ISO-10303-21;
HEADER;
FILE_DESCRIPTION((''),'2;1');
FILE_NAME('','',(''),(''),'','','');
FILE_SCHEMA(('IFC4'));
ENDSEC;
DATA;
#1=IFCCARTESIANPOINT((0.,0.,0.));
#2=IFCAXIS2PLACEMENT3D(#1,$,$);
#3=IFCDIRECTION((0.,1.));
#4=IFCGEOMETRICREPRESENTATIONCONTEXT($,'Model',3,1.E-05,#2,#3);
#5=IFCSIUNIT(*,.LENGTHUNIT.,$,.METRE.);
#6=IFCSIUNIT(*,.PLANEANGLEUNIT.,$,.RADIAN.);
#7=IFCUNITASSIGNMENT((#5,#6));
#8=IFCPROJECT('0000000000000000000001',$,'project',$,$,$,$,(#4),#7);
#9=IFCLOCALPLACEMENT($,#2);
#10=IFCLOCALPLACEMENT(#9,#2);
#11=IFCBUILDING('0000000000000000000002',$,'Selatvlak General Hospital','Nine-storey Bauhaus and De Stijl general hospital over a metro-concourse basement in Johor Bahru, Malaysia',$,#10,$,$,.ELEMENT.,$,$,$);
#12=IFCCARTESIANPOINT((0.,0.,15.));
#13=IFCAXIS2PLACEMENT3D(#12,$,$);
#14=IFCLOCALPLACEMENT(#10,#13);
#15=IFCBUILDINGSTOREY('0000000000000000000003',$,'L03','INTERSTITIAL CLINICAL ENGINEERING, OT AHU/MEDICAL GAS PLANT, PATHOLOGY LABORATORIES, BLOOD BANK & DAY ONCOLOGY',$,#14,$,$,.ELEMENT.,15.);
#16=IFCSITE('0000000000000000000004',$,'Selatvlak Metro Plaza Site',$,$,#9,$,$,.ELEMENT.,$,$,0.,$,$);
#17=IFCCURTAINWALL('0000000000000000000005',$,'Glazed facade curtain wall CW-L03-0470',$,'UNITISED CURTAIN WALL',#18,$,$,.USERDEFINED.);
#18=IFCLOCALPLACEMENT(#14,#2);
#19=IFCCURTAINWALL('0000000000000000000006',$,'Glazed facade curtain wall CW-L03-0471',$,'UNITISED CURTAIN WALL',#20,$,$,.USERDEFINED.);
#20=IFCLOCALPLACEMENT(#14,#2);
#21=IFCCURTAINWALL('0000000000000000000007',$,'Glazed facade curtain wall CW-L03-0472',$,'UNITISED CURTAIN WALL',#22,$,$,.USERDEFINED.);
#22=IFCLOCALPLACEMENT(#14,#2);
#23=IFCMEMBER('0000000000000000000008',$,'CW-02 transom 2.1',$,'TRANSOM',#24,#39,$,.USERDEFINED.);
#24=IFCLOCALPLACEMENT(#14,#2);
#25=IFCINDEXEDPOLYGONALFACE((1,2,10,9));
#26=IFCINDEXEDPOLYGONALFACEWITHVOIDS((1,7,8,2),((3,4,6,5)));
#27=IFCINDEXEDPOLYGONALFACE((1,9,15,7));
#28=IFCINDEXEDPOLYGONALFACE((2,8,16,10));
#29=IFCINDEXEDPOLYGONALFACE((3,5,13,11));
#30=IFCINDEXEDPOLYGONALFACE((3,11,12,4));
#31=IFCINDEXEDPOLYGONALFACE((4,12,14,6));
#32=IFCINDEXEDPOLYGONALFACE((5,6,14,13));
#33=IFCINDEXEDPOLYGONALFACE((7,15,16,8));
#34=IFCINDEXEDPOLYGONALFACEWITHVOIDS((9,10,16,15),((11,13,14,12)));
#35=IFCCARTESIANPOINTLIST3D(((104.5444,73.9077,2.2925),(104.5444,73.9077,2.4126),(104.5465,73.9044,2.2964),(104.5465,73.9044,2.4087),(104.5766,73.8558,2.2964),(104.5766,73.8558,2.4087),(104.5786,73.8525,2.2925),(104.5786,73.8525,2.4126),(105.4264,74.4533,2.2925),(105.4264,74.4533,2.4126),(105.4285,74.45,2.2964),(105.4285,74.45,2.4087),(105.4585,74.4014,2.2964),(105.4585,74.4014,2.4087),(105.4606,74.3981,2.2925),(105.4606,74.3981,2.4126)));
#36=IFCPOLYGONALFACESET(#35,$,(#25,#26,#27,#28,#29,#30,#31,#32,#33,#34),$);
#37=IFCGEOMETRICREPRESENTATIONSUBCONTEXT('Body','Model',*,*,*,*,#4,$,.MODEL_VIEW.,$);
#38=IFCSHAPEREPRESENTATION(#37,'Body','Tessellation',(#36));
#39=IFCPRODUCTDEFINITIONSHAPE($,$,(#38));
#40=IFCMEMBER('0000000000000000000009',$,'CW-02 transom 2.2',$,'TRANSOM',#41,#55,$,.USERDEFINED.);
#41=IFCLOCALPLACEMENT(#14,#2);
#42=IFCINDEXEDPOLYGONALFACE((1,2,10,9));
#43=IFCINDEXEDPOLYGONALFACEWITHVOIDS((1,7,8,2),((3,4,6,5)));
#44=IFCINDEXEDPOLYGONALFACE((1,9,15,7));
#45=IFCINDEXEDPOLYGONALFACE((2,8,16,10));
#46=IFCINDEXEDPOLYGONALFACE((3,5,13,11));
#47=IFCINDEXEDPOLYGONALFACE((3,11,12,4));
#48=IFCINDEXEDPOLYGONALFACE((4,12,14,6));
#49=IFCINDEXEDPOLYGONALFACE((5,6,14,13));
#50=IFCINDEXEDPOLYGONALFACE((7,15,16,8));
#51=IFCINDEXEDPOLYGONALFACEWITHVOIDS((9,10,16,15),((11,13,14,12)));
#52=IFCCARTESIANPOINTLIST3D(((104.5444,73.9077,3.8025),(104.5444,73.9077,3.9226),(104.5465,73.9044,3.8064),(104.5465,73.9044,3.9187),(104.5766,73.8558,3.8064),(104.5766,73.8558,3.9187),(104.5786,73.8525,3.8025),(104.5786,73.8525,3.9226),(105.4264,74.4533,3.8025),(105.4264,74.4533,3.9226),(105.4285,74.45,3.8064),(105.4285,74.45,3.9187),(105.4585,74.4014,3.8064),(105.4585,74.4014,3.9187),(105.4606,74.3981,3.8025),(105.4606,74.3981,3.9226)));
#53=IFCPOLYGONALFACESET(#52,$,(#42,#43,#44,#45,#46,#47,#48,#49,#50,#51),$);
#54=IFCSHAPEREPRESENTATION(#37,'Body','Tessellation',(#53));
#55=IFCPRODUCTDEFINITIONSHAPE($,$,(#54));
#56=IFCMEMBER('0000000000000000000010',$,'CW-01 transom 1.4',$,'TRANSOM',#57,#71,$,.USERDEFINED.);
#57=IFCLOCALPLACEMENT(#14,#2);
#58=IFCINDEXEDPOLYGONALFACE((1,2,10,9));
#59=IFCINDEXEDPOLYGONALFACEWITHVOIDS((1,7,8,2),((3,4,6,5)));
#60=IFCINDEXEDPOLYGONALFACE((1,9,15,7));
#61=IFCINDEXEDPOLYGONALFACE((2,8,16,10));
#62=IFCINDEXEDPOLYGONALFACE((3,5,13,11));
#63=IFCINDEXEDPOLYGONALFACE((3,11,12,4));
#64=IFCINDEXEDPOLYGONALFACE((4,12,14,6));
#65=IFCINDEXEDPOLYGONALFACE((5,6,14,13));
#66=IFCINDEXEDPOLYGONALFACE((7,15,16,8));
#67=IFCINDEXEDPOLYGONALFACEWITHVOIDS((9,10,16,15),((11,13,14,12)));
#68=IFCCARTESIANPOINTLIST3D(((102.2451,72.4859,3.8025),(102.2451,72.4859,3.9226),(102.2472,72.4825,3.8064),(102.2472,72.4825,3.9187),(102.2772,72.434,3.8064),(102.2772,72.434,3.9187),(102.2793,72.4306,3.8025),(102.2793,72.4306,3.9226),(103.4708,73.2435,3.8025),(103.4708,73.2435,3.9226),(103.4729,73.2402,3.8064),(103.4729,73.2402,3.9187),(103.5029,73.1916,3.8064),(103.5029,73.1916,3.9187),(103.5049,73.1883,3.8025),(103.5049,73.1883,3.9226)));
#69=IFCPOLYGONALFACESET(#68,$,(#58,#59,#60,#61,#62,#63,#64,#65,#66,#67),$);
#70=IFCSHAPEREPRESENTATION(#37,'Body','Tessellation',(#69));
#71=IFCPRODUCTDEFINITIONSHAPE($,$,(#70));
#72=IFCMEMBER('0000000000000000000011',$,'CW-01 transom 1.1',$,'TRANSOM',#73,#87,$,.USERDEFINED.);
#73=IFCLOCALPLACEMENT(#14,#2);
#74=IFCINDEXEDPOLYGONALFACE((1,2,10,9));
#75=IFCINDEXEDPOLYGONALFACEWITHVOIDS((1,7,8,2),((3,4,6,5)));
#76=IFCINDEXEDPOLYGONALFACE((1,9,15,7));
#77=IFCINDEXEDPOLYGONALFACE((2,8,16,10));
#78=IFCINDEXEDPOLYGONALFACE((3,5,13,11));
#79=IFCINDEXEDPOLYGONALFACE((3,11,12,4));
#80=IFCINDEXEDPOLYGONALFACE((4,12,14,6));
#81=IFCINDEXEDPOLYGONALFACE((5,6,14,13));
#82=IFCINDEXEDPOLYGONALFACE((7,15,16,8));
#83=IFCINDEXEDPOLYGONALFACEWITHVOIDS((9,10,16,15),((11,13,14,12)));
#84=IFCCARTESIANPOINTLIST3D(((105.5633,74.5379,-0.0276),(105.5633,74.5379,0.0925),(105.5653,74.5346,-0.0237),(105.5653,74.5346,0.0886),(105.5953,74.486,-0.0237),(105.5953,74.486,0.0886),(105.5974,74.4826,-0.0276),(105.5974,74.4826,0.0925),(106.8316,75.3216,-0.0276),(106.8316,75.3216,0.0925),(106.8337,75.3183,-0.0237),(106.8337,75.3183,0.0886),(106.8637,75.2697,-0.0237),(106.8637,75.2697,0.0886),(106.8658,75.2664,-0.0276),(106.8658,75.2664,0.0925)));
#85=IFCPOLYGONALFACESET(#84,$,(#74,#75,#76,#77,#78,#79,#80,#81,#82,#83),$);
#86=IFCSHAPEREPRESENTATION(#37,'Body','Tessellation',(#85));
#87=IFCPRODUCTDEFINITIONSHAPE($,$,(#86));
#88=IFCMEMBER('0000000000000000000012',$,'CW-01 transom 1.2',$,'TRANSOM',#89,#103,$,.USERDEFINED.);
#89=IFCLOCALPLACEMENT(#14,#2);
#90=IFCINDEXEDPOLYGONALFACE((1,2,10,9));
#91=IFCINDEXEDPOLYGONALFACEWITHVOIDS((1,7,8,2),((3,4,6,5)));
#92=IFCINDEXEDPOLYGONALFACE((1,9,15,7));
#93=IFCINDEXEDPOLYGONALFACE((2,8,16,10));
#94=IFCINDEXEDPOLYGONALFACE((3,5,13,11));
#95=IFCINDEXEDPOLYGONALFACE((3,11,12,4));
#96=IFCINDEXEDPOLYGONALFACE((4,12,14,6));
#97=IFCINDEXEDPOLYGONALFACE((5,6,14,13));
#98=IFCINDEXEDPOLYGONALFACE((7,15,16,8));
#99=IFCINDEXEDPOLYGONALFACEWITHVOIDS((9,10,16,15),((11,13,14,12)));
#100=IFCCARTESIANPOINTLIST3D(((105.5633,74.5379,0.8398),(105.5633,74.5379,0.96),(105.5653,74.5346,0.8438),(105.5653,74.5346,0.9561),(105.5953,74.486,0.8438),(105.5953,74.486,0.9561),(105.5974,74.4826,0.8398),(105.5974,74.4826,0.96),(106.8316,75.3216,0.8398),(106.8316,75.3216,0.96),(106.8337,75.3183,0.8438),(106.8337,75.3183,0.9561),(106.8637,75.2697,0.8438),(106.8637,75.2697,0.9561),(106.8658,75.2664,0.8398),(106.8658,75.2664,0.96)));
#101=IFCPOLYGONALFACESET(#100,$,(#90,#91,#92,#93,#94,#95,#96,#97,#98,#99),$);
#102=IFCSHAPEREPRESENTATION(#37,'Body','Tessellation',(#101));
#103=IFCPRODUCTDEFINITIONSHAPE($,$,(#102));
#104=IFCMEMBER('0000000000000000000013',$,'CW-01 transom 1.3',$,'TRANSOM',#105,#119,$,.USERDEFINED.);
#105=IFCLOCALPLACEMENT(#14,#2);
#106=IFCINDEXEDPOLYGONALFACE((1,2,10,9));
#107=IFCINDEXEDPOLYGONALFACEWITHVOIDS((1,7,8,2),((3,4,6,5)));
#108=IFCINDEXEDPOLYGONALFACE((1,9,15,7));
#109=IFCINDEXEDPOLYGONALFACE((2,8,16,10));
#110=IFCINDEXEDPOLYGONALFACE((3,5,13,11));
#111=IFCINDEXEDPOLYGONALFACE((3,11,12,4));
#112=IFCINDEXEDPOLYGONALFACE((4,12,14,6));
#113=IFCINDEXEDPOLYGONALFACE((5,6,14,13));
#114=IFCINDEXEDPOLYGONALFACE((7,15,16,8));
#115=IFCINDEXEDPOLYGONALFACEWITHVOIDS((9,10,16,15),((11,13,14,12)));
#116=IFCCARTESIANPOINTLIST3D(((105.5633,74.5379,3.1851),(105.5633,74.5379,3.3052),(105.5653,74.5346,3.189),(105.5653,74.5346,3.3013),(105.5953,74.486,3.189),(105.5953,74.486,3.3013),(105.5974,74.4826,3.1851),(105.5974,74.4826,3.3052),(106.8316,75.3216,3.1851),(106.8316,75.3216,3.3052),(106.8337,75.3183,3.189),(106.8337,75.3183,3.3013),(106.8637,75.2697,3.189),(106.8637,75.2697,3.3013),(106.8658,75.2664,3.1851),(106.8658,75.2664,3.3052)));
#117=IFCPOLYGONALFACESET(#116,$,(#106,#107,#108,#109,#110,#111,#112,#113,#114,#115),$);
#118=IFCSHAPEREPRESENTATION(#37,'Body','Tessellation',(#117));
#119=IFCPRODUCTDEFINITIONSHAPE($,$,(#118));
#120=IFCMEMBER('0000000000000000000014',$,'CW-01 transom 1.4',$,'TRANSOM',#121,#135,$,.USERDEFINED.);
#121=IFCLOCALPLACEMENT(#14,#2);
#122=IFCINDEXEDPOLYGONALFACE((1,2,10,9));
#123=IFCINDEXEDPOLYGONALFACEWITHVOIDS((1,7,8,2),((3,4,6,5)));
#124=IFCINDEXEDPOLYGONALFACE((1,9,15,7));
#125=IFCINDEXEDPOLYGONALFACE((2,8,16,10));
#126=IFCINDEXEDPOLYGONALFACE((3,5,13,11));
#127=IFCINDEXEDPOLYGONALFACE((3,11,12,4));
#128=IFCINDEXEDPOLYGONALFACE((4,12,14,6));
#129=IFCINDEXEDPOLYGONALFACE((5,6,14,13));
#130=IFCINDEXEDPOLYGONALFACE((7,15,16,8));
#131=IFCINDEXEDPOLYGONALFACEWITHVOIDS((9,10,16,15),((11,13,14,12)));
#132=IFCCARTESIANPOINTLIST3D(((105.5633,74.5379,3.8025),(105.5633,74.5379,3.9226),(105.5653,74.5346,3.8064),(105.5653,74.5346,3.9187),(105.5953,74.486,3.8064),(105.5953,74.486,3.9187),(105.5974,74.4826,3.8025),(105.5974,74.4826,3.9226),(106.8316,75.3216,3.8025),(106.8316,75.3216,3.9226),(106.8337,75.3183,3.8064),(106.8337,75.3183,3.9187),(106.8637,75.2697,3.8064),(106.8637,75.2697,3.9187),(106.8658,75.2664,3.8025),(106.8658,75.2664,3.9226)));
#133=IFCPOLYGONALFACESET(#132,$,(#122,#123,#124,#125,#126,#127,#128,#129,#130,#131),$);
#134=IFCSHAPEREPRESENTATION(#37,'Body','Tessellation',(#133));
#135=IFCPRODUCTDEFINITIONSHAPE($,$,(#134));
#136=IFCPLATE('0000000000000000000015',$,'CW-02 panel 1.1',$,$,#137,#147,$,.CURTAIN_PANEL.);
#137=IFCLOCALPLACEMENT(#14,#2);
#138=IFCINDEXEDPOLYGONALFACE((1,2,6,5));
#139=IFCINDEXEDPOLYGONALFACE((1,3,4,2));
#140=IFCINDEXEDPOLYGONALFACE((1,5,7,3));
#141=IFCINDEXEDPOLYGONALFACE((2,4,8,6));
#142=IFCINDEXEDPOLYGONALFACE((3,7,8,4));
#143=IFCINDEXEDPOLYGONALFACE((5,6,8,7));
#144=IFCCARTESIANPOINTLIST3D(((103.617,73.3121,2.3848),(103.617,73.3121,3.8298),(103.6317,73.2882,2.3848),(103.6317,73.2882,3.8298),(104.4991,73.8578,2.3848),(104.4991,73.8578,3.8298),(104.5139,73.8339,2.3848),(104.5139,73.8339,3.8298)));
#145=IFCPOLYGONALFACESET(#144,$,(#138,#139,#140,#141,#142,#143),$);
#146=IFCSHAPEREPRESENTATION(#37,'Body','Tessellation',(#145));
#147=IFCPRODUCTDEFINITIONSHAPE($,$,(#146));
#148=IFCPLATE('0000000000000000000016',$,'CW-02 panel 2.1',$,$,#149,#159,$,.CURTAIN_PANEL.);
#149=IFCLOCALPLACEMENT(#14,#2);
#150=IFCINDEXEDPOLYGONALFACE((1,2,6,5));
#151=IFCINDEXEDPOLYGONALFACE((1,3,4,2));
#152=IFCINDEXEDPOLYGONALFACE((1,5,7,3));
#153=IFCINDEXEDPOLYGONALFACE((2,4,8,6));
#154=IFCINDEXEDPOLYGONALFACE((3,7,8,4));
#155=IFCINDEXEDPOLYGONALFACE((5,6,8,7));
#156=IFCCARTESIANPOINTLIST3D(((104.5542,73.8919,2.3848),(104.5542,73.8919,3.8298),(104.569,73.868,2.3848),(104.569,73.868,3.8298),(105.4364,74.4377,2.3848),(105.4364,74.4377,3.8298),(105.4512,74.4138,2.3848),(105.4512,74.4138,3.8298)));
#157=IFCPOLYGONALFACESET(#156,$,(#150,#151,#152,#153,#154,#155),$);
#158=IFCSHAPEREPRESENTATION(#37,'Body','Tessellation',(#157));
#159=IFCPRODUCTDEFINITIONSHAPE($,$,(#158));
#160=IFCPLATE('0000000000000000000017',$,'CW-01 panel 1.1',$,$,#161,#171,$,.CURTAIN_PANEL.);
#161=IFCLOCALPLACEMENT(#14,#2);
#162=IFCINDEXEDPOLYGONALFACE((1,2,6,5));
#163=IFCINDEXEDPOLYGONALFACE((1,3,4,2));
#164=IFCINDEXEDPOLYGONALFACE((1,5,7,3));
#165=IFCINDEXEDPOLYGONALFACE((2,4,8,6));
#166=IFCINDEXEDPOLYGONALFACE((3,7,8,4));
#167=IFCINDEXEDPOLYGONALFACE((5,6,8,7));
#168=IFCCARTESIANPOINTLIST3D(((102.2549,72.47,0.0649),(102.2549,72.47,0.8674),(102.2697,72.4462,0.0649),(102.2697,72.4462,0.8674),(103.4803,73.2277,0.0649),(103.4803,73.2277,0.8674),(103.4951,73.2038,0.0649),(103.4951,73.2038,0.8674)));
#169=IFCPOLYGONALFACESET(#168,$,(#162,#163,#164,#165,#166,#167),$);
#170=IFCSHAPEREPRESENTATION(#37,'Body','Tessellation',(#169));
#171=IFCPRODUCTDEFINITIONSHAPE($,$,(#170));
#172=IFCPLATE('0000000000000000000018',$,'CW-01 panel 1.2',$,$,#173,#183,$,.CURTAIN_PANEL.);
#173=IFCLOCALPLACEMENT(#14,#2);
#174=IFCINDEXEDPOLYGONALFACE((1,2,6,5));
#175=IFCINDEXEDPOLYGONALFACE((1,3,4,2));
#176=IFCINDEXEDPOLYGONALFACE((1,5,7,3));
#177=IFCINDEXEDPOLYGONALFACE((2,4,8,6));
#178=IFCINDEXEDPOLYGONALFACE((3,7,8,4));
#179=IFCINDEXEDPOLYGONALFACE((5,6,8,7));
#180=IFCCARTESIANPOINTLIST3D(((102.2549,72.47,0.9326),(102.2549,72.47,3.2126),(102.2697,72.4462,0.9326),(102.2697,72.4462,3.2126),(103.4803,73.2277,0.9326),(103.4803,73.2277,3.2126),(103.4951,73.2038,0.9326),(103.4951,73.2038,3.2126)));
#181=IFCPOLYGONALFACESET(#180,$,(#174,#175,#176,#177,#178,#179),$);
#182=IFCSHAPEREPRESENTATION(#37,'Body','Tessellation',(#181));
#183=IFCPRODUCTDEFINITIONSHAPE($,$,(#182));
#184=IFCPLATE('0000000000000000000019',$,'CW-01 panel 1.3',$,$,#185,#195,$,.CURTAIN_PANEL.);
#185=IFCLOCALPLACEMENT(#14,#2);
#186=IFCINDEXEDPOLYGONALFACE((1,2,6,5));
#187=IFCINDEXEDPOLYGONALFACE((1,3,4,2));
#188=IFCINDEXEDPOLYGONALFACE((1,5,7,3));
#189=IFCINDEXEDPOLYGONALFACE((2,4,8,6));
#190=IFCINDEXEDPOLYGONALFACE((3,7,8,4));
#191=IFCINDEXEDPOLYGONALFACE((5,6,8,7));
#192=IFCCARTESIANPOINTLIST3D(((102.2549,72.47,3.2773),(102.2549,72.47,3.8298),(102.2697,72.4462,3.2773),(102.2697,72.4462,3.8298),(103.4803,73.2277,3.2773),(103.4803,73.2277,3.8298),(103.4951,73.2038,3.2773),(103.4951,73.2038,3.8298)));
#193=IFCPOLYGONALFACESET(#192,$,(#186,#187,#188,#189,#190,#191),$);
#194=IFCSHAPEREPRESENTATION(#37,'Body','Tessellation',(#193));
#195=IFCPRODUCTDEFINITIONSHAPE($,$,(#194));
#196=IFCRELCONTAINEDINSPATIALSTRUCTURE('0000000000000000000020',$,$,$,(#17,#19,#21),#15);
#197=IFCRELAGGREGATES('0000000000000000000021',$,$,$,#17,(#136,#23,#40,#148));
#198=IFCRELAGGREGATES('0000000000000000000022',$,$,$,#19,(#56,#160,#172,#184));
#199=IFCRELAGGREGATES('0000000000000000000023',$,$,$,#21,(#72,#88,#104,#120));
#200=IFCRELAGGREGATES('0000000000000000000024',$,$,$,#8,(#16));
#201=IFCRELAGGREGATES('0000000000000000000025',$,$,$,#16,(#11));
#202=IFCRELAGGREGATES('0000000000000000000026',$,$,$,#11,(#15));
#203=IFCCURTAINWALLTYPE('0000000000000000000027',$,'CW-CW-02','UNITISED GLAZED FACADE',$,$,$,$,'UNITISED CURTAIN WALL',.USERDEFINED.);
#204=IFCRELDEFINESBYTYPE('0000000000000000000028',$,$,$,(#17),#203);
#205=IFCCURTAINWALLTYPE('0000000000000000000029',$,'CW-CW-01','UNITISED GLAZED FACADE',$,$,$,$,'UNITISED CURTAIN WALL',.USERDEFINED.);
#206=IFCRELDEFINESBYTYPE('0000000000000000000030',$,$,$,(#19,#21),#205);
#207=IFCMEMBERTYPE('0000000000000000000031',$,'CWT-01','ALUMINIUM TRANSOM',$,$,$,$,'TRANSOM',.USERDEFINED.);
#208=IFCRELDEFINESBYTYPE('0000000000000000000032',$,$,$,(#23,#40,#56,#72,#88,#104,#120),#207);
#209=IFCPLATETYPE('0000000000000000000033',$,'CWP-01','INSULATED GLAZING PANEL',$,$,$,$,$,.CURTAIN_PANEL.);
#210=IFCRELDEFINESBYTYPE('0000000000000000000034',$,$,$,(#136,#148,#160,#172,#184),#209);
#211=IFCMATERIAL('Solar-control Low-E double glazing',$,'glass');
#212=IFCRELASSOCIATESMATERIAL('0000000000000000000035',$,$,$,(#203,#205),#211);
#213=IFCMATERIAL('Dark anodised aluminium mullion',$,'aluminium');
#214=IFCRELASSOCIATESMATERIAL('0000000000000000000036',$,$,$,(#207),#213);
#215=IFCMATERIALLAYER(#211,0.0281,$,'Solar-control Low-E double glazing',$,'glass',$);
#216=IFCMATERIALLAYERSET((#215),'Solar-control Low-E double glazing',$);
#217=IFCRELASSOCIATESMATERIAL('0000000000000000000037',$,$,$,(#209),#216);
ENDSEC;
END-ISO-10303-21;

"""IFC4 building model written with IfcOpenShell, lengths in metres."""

from ifc_helpers import new_model, si_unit, direction, frame, origin, origin_2d, place, context, subcontext, project, spatial, rectangle, hollow_rectangle, extrude, material, layer, layer_set, material_profile, profile_set, type_object, element, aggregate, save


model = new_model("IFC4")

# Units and contexts
model_context = context("Model", 3, precision=1e-05, world=origin(), true_north=direction((0.0, 1.0)))
body_context = subcontext(model_context, "Body", "Model", "MODEL_VIEW")
ifc_project = project(units=[si_unit("LENGTHUNIT", "METRE"), si_unit("PLANEANGLEUNIT", "RADIAN")], contexts=[model_context])

# Site, building, storey
site_placement = place(None, origin())
site = spatial("IfcSite", under=ifc_project, at=site_placement, Name="Selatvlak Metro Plaza Site", CompositionType="ELEMENT", RefElevation=0.0)
building_placement = place(site_placement, origin())
building = spatial("IfcBuilding", under=site, at=building_placement, Name="Selatvlak General Hospital", Description="Nine-storey Bauhaus and De Stijl general hospital over a metro-concourse basement in Johor Bahru, Malaysia", CompositionType="ELEMENT")
storey_placement = place(building_placement, frame((0.0, 0.0, 15.0)))
storey = spatial("IfcBuildingStorey", under=building, at=storey_placement, Name="L03", Description="INTERSTITIAL CLINICAL ENGINEERING, OT AHU/MEDICAL GAS PLANT, PATHOLOGY LABORATORIES, BLOOD BANK & DAY ONCOLOGY", CompositionType="ELEMENT", Elevation=15.0)

# Curtain wall
ifc_material_1 = material(Name="Solar-control Low-E double glazing", Category="glass")
curtain_wall_type_1 = type_object("IfcCurtainWallType", Name="CW-CW-02", Description="UNITISED GLAZED FACADE", ElementType="UNITISED CURTAIN WALL", PredefinedType="USERDEFINED", material=ifc_material_1)
curtain_wall_1_placement = place(storey_placement, origin())
curtain_wall_1 = element("IfcCurtainWall", 1, at=curtain_wall_1_placement, inside=storey, type_object=curtain_wall_type_1, Name="Glazed facade curtain wall CW-L03-0470", ObjectType="UNITISED CURTAIN WALL", PredefinedType="USERDEFINED")
ifc_material_2 = material(Name="Dark anodised aluminium mullion", Category="aluminium")

# Curtain walls
curtain_wall_type_2 = type_object("IfcCurtainWallType", Name="CW-CW-01", Description="UNITISED GLAZED FACADE", ElementType="UNITISED CURTAIN WALL", PredefinedType="USERDEFINED", material=ifc_material_1)
curtain_wall_2_placement = place(storey_placement, origin())
curtain_wall_2 = element("IfcCurtainWall", 2, at=curtain_wall_2_placement, inside=storey, type_object=curtain_wall_type_2, Name="Glazed facade curtain wall CW-L03-0471", ObjectType="UNITISED CURTAIN WALL", PredefinedType="USERDEFINED")
curtain_wall_3_placement = place(storey_placement, origin())
curtain_wall_3 = element("IfcCurtainWall", 3, at=curtain_wall_3_placement, inside=storey, type_object=curtain_wall_type_2, Name="Glazed facade curtain wall CW-L03-0472", ObjectType="UNITISED CURTAIN WALL", PredefinedType="USERDEFINED")

# Members
ifc_material_profile_1 = material_profile(ifc_material_2, hollow_rectangle(XDim=0.0649, YDim=0.1201, WallThickness=0.0039, at=origin_2d()), Name="AL-TRN 65x120x4")
ifc_profile_set_1 = profile_set([ifc_material_profile_1], Name="Dark anodised aluminium mullion")
member_type_1 = type_object("IfcMemberType", Name="CWT-01", Description="ALUMINIUM TRANSOM", ElementType="TRANSOM", PredefinedType="USERDEFINED", material=ifc_profile_set_1)
member_1_placement = place(storey_placement, frame((104.5615, 73.8801, 2.3525), z_axis=(0.850436, 0.526079, 0.0), x_axis=(-0.526079, 0.850436, 0.0)))
member_1 = element("IfcMember", 4, at=member_1_placement, type_object=member_type_1, Name="CW-02 transom 2.1", ObjectType="TRANSOM", PredefinedType="USERDEFINED", context=body_context, shape_type="SweptSolid", body=[
    extrude(hollow_rectangle(XDim=0.0649, YDim=0.1201, WallThickness=0.0039, at=origin_2d()), origin(), (0.0, 0.0, 1.0), 1.0371),
])
member_2_placement = place(storey_placement, frame((104.5615, 73.8801, 3.8625), z_axis=(0.850436, 0.526079, 0.0), x_axis=(-0.526079, 0.850436, 0.0)))
member_2 = element("IfcMember", 5, at=member_2_placement, type_object=member_type_1, Name="CW-02 transom 2.2", ObjectType="TRANSOM", PredefinedType="USERDEFINED", context=body_context, shape_type="SweptSolid", body=[
    extrude(hollow_rectangle(XDim=0.0649, YDim=0.1201, WallThickness=0.0039, at=origin_2d()), origin(), (0.0, 0.0, 1.0), 1.0371),
])
member_3_placement = place(storey_placement, frame((102.2622, 72.4583, 3.8625), z_axis=(0.850615, 0.525789, 0.0), x_axis=(-0.525789, 0.850615, 0.0)))
member_3 = element("IfcMember", 6, at=member_3_placement, type_object=member_type_1, Name="CW-01 transom 1.4", ObjectType="TRANSOM", PredefinedType="USERDEFINED", context=body_context, shape_type="SweptSolid", body=[
    extrude(hollow_rectangle(XDim=0.0649, YDim=0.1201, WallThickness=0.0039, at=origin_2d()), origin(), (0.0, 0.0, 1.0), 1.4409),
])
member_4_placement = place(storey_placement, frame((105.5803, 74.5103, 0.0325), z_axis=(0.850701, 0.52565, 0.0), x_axis=(-0.52565, 0.850701, 0.0)))
member_4 = element("IfcMember", 7, at=member_4_placement, type_object=member_type_1, Name="CW-01 transom 1.1", ObjectType="TRANSOM", PredefinedType="USERDEFINED", context=body_context, shape_type="SweptSolid", body=[
    extrude(hollow_rectangle(XDim=0.0649, YDim=0.1201, WallThickness=0.0039, at=origin_2d()), origin(), (0.0, 0.0, 1.0), 1.491),
])
member_5_placement = place(storey_placement, frame((105.5803, 74.5103, 0.8999), z_axis=(0.850701, 0.52565, 0.0), x_axis=(-0.52565, 0.850701, 0.0)))
member_5 = element("IfcMember", 8, at=member_5_placement, type_object=member_type_1, Name="CW-01 transom 1.2", ObjectType="TRANSOM", PredefinedType="USERDEFINED", context=body_context, shape_type="SweptSolid", body=[
    extrude(hollow_rectangle(XDim=0.0649, YDim=0.1201, WallThickness=0.0039, at=origin_2d()), origin(), (0.0, 0.0, 1.0), 1.491),
])
member_6_placement = place(storey_placement, frame((105.5803, 74.5103, 3.2451), z_axis=(0.850701, 0.52565, 0.0), x_axis=(-0.52565, 0.850701, 0.0)))
member_6 = element("IfcMember", 9, at=member_6_placement, type_object=member_type_1, Name="CW-01 transom 1.3", ObjectType="TRANSOM", PredefinedType="USERDEFINED", context=body_context, shape_type="SweptSolid", body=[
    extrude(hollow_rectangle(XDim=0.0649, YDim=0.1201, WallThickness=0.0039, at=origin_2d()), origin(), (0.0, 0.0, 1.0), 1.491),
])
member_7_placement = place(storey_placement, frame((105.5803, 74.5103, 3.8625), z_axis=(0.850701, 0.52565, 0.0), x_axis=(-0.52565, 0.850701, 0.0)))
member_7 = element("IfcMember", 10, at=member_7_placement, type_object=member_type_1, Name="CW-01 transom 1.4", ObjectType="TRANSOM", PredefinedType="USERDEFINED", context=body_context, shape_type="SweptSolid", body=[
    extrude(hollow_rectangle(XDim=0.0649, YDim=0.1201, WallThickness=0.0039, at=origin_2d()), origin(), (0.0, 0.0, 1.0), 1.491),
])

# Plates
ifc_layer_1 = layer(ifc_material_1, 0.0281, Name="Solar-control Low-E double glazing", Category="glass")
ifc_layer_set_1 = layer_set([ifc_layer_1], Name="Solar-control Low-E double glazing")
plate_type = type_object("IfcPlateType", Name="CWP-01", Description="INSULATED GLAZING PANEL", PredefinedType="CURTAIN_PANEL", material=ifc_layer_set_1)
plate_1_placement = place(storey_placement, frame((104.0654, 73.573, 2.3848), z_axis=(0.0, 0.0, 1.0), x_axis=(0.850415, 0.526112, 0.0)))
plate_1 = element("IfcPlate", 11, at=plate_1_placement, type_object=plate_type, Name="CW-02 panel 1.1", PredefinedType="CURTAIN_PANEL", context=body_context, shape_type="SweptSolid", body=[
    extrude(rectangle(XDim=1.0374, YDim=0.0281, at=origin_2d()), origin(), (0.0, 0.0, 1.0), 1.4451),
])
plate_2_placement = place(storey_placement, frame((105.0027, 74.1528, 2.3848), z_axis=(0.0, 0.0, 1.0), x_axis=(0.850415, 0.526112, 0.0)))
plate_2 = element("IfcPlate", 12, at=plate_2_placement, type_object=plate_type, Name="CW-02 panel 2.1", PredefinedType="CURTAIN_PANEL", context=body_context, shape_type="SweptSolid", body=[
    extrude(rectangle(XDim=1.0374, YDim=0.0281, at=origin_2d()), origin(), (0.0, 0.0, 1.0), 1.4451),
])
aggregate(curtain_wall_1, [plate_1, member_1, member_2, plate_2])
plate_3_placement = place(storey_placement, frame((102.875, 72.8369, 0.0649), z_axis=(0.0, 0.0, 1.0), x_axis=(0.850564, 0.525872, 0.0)))
plate_3 = element("IfcPlate", 13, at=plate_3_placement, type_object=plate_type, Name="CW-01 panel 1.1", PredefinedType="CURTAIN_PANEL", context=body_context, shape_type="SweptSolid", body=[
    extrude(rectangle(XDim=1.4407, YDim=0.0281, at=origin_2d()), origin(), (0.0, 0.0, 1.0), 0.8025),
])
plate_4_placement = place(storey_placement, frame((102.875, 72.8369, 0.9326), z_axis=(0.0, 0.0, 1.0), x_axis=(0.850564, 0.525872, 0.0)))
plate_4 = element("IfcPlate", 14, at=plate_4_placement, type_object=plate_type, Name="CW-01 panel 1.2", PredefinedType="CURTAIN_PANEL", context=body_context, shape_type="SweptSolid", body=[
    extrude(rectangle(XDim=1.4407, YDim=0.0281, at=origin_2d()), origin(), (0.0, 0.0, 1.0), 2.28),
])
plate_5_placement = place(storey_placement, frame((102.875, 72.8369, 3.2773), z_axis=(0.0, 0.0, 1.0), x_axis=(0.850564, 0.525872, 0.0)))
plate_5 = element("IfcPlate", 15, at=plate_5_placement, type_object=plate_type, Name="CW-01 panel 1.3", PredefinedType="CURTAIN_PANEL", context=body_context, shape_type="SweptSolid", body=[
    extrude(rectangle(XDim=1.4407, YDim=0.0281, at=origin_2d()), origin(), (0.0, 0.0, 1.0), 0.5525),
])
aggregate(curtain_wall_2, [member_3, plate_3, plate_4, plate_5])
aggregate(curtain_wall_3, [member_4, member_5, member_6, member_7])

save(model, "model.ifc")
